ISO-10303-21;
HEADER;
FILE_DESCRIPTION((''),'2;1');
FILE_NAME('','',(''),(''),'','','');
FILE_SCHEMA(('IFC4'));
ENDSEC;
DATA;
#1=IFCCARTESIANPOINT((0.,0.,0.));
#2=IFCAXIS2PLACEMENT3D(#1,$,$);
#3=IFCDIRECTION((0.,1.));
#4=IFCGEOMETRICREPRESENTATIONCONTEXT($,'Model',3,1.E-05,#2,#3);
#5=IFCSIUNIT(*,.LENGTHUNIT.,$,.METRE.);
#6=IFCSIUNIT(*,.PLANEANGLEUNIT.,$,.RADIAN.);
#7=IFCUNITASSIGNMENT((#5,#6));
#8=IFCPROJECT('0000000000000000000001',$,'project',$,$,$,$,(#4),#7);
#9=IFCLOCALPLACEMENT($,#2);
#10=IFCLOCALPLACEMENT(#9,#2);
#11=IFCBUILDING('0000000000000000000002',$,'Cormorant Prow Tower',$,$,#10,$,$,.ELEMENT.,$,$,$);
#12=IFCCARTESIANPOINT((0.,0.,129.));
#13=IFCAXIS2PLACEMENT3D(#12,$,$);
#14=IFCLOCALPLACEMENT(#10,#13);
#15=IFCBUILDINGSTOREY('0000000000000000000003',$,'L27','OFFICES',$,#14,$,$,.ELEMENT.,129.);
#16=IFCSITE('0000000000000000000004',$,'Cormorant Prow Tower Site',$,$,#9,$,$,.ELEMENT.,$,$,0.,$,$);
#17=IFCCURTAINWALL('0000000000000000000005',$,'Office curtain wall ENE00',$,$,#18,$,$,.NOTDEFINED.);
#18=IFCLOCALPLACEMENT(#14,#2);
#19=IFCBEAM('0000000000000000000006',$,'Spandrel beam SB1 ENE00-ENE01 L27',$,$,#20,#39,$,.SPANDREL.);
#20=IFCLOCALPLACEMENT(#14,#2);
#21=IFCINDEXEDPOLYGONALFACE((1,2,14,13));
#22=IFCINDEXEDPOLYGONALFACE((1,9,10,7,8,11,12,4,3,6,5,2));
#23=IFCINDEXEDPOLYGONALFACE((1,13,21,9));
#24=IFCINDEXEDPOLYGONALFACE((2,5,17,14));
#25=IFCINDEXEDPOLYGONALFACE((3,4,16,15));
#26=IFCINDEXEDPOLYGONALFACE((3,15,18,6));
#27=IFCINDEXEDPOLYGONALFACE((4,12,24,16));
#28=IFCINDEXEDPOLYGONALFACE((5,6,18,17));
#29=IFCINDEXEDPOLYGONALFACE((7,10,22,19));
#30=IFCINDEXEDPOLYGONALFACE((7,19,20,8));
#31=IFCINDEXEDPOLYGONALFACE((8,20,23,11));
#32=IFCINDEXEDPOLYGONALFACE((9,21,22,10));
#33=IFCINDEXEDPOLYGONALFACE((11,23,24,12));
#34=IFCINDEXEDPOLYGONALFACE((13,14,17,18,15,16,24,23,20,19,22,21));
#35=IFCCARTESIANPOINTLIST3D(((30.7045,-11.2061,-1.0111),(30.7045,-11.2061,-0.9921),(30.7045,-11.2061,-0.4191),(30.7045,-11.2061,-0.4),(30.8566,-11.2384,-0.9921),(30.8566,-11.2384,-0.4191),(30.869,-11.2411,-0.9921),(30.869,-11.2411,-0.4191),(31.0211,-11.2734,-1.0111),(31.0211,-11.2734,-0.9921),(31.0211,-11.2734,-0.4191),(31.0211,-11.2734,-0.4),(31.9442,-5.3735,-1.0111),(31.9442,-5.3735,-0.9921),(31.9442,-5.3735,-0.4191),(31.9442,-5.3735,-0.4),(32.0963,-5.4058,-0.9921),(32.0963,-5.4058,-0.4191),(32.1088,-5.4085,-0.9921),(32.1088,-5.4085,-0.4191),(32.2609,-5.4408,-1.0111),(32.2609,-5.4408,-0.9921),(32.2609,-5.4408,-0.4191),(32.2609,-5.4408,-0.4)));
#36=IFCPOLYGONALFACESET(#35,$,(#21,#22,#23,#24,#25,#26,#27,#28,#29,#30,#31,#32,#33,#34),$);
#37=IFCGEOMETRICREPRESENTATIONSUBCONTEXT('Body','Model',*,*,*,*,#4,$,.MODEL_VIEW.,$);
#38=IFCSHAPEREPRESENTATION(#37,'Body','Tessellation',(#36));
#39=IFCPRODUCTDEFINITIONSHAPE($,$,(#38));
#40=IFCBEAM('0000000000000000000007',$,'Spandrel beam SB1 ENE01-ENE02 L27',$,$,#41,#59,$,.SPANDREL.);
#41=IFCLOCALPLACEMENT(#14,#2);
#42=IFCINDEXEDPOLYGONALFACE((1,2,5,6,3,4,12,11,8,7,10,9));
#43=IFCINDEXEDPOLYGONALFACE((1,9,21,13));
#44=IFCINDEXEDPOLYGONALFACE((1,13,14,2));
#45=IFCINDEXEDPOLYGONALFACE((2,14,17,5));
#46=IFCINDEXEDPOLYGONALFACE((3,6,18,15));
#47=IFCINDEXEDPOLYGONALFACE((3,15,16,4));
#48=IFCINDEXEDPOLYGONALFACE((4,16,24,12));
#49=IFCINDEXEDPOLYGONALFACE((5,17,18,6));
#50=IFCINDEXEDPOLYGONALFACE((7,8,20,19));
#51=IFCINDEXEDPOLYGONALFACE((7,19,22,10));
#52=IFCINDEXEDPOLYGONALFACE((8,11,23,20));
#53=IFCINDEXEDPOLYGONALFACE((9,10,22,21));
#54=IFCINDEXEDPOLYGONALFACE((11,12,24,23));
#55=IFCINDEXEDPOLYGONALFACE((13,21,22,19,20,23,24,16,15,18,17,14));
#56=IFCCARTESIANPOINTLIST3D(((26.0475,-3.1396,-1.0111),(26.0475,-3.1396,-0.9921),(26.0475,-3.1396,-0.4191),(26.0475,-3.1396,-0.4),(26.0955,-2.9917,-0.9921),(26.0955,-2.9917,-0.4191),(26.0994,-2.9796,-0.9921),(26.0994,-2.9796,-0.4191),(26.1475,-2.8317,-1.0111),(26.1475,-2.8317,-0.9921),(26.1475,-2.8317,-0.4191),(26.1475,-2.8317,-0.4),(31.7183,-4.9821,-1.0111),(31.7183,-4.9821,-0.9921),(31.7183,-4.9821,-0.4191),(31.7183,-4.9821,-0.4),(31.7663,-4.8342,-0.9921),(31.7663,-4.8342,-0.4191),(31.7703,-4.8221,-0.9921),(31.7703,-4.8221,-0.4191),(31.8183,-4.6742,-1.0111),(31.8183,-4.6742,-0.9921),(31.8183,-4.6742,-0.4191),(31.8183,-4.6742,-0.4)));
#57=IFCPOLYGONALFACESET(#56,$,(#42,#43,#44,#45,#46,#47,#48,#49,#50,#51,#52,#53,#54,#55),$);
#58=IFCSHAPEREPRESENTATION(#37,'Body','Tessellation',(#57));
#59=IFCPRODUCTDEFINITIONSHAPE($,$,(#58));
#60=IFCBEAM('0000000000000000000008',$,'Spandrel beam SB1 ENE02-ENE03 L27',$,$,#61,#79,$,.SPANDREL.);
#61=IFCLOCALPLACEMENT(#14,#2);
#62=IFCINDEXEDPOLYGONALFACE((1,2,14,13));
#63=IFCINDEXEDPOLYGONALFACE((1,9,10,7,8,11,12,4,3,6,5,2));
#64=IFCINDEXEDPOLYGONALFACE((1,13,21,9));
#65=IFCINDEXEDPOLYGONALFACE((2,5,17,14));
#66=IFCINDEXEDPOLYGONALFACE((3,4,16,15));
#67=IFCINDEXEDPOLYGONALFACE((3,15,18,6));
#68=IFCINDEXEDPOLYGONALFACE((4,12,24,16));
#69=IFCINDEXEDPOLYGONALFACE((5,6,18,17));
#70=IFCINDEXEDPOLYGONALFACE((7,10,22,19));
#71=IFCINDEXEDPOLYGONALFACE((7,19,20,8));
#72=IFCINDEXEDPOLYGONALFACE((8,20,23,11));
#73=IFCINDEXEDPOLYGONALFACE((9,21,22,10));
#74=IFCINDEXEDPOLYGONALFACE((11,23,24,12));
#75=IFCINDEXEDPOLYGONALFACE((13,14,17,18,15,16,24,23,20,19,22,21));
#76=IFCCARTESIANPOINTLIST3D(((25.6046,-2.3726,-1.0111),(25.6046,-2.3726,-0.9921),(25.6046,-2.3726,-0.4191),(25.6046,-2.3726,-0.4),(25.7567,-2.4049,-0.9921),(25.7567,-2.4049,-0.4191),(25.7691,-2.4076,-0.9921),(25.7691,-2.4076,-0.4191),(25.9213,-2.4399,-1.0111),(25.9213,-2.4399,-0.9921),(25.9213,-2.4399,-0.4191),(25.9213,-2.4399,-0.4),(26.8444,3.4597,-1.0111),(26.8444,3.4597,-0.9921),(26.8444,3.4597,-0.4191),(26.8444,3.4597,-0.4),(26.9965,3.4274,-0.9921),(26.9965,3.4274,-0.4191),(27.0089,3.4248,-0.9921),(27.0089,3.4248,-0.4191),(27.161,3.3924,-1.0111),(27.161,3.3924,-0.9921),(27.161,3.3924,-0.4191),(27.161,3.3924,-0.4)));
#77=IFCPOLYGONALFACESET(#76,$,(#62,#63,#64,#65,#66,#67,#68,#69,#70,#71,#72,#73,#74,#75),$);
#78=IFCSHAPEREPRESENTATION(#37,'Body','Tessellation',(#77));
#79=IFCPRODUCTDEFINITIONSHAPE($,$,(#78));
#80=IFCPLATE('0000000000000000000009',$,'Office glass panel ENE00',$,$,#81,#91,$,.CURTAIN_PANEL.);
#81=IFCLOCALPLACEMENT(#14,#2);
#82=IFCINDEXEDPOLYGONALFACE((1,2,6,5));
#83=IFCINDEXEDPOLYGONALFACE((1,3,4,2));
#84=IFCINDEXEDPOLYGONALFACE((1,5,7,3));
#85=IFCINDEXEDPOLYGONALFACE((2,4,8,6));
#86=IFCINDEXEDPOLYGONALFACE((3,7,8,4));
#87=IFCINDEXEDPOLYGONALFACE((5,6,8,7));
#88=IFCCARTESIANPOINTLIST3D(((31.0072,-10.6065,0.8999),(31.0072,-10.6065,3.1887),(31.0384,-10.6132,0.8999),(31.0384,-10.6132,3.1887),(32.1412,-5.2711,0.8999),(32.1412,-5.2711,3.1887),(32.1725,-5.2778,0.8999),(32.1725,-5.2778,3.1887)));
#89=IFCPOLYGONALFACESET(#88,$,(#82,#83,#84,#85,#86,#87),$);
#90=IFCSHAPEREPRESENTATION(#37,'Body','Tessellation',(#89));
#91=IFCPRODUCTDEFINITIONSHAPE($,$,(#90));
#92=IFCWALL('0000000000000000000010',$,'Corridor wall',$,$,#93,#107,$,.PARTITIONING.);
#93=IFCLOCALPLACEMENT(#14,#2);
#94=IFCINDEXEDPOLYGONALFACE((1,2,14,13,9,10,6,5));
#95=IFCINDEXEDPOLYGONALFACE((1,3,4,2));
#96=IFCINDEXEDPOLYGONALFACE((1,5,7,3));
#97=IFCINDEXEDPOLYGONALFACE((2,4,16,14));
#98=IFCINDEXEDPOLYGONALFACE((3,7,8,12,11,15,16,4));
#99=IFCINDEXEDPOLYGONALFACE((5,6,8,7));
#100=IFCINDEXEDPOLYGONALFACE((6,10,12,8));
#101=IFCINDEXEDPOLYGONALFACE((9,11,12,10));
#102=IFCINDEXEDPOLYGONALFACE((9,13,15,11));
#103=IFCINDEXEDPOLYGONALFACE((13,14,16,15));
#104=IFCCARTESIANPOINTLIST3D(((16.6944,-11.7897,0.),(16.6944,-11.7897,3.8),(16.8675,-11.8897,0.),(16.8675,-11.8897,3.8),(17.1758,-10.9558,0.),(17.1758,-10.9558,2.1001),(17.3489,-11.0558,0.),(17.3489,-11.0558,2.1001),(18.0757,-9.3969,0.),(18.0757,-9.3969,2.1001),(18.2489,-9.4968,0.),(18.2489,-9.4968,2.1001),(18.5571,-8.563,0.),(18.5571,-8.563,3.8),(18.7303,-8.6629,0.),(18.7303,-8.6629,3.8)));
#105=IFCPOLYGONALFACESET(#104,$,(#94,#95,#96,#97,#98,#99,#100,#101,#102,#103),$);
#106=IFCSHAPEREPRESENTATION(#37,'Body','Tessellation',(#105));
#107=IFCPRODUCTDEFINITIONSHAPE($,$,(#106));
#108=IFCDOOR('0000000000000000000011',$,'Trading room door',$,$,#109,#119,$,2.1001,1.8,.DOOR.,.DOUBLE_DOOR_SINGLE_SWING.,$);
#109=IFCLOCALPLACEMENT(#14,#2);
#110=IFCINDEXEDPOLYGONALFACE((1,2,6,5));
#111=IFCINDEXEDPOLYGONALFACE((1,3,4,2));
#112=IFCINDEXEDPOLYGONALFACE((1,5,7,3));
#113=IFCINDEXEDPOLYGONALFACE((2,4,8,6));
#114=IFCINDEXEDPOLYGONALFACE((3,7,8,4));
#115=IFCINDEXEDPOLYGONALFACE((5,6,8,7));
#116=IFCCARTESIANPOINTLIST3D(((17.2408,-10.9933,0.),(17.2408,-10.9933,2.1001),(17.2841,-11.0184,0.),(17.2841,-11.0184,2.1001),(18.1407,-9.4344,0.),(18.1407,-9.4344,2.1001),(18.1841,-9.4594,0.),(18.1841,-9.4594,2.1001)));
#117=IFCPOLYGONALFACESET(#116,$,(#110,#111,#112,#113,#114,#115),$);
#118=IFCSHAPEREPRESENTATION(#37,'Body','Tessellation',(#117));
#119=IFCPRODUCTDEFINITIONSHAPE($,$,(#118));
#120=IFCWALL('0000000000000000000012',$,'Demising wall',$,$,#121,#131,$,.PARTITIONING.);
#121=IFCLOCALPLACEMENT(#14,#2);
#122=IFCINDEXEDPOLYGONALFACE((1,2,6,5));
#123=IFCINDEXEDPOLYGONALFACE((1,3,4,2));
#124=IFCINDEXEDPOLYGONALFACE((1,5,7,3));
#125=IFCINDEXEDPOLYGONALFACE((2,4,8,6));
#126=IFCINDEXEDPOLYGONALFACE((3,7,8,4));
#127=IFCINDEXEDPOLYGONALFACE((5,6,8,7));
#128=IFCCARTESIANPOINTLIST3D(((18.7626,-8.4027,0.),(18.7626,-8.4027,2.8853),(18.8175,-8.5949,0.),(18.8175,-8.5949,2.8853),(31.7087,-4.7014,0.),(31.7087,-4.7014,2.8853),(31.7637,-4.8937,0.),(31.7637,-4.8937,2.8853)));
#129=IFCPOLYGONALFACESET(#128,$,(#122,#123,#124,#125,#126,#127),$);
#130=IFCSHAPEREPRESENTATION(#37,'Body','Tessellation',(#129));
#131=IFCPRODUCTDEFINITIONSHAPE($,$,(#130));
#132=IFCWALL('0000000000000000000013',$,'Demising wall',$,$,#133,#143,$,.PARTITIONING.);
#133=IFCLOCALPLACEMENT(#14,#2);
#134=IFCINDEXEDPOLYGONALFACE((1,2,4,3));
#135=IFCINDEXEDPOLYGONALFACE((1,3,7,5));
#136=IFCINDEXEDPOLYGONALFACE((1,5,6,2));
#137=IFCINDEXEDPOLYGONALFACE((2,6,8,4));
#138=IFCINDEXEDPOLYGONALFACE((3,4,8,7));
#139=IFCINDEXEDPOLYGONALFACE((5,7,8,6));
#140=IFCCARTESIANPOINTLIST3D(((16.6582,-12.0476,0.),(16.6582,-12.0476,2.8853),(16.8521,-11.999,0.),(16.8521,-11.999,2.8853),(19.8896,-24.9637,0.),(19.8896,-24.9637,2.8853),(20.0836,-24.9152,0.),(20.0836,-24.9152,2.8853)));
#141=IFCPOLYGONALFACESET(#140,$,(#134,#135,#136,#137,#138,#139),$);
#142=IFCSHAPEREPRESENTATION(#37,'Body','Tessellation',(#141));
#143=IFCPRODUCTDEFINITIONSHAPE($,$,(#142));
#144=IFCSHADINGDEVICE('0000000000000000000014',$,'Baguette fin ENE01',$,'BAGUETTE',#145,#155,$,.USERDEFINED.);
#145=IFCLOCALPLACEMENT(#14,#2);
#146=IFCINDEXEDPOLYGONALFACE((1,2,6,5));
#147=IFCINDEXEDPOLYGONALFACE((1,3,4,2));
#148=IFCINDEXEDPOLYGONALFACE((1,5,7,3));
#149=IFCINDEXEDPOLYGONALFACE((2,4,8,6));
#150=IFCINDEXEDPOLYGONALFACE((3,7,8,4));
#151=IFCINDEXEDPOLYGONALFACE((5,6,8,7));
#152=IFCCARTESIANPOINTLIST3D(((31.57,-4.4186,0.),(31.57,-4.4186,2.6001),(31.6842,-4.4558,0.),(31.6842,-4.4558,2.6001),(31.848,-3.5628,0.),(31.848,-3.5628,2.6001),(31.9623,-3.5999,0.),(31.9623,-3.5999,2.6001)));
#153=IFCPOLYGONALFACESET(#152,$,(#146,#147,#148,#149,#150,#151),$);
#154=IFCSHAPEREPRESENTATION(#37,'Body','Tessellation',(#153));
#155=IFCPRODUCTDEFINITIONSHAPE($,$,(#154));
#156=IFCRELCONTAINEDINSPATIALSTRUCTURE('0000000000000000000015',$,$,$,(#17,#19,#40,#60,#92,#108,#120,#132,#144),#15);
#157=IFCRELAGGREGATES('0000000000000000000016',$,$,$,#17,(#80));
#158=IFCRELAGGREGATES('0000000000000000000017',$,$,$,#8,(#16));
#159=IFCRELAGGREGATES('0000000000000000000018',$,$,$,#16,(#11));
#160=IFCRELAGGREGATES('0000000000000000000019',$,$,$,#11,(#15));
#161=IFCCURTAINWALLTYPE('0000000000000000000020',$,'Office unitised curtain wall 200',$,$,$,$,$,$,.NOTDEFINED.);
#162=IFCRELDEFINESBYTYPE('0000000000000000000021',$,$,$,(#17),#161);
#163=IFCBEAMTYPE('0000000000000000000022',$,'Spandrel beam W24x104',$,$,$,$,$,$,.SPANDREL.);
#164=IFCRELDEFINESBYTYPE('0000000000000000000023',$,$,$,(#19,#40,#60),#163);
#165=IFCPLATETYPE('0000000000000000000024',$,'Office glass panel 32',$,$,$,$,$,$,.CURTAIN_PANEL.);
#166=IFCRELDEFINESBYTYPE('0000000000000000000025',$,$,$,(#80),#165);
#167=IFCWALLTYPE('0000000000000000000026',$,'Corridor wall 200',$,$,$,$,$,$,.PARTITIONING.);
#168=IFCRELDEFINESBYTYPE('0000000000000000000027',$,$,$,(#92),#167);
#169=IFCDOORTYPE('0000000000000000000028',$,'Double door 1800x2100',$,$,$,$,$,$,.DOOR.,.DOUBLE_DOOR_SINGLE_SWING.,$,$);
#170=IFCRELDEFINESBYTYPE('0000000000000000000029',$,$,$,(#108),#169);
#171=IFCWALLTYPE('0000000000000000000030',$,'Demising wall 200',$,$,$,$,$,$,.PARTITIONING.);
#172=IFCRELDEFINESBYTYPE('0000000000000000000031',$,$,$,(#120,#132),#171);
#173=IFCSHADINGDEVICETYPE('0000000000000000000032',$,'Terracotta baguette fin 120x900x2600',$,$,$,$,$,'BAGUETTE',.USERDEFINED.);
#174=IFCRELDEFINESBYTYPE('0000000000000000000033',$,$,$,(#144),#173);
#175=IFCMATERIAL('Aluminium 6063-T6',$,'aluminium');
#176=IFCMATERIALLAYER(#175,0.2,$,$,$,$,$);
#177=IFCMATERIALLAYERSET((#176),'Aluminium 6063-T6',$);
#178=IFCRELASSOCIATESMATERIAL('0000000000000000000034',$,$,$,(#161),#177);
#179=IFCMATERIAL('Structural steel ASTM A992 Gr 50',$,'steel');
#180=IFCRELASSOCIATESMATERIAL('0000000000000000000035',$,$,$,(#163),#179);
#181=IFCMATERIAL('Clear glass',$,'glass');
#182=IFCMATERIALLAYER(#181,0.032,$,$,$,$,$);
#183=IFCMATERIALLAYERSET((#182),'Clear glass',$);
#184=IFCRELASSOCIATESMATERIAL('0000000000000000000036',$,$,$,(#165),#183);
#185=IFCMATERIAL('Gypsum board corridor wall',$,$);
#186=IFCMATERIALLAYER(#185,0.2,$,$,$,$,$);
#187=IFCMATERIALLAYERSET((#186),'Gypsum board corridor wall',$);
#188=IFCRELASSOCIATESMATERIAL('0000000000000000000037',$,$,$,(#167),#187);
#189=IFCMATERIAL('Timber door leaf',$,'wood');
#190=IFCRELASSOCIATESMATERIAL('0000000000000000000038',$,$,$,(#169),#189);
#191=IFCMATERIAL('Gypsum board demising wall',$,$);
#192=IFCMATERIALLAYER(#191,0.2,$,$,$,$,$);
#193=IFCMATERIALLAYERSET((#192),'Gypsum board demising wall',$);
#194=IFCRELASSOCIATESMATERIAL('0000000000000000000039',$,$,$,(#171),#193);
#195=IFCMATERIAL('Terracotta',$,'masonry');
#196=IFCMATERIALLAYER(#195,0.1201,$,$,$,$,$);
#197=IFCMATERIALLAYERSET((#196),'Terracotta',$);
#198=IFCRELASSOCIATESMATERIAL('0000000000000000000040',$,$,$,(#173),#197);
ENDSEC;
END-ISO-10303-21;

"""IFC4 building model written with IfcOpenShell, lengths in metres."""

from ifc_helpers import new_model, si_unit, direction, frame, frame_2d, origin, origin_2d, place, context, subcontext, project, spatial, rectangle, i_section, extrude, material, layer, layer_set, material_profile, profile_set, type_object, element, fill, aggregate, save


model = new_model("IFC4")

# Units and contexts
model_context = context("Model", 3, precision=1e-05, world=origin(), true_north=direction((0.0, 1.0)))
body_context = subcontext(model_context, "Body", "Model", "MODEL_VIEW")
ifc_project = project(units=[si_unit("LENGTHUNIT", "METRE"), si_unit("PLANEANGLEUNIT", "RADIAN")], contexts=[model_context])

# Site, building, storey
site_placement = place(None, origin())
site = spatial("IfcSite", under=ifc_project, at=site_placement, Name="Cormorant Prow Tower Site", CompositionType="ELEMENT", RefElevation=0.0)
building_placement = place(site_placement, origin())
building = spatial("IfcBuilding", under=site, at=building_placement, Name="Cormorant Prow Tower", CompositionType="ELEMENT")
storey_placement = place(building_placement, frame((0.0, 0.0, 129.0)))
storey = spatial("IfcBuildingStorey", under=building, at=storey_placement, Name="L27", Description="OFFICES", CompositionType="ELEMENT", Elevation=129.0)

# Curtain wall
ifc_material_1 = material(Name="Aluminium 6063-T6", Category="aluminium")
ifc_layer_1 = layer(ifc_material_1, 0.2)
ifc_layer_set_1 = layer_set([ifc_layer_1], Name="Aluminium 6063-T6")
curtain_wall_type = type_object("IfcCurtainWallType", Name="Office unitised curtain wall 200", PredefinedType="NOTDEFINED", material=ifc_layer_set_1)
curtain_wall_1_placement = place(storey_placement, origin())
curtain_wall_1 = element("IfcCurtainWall", 1, at=curtain_wall_1_placement, inside=storey, type_object=curtain_wall_type, Name="Office curtain wall ENE00", PredefinedType="NOTDEFINED")

# Beams
ifc_material_2 = material(Name="Structural steel ASTM A992 Gr 50", Category="steel")
ifc_material_profile_1 = material_profile(ifc_material_2, i_section(OverallWidth=0.3237, OverallDepth=0.6111, WebThickness=0.0127, FlangeThickness=0.019, at=origin_2d()), Name="W24x104")
ifc_profile_set_1 = profile_set([ifc_material_profile_1], Name="Structural steel ASTM A992 Gr 50")
beam_type_1 = type_object("IfcBeamType", Name="Spandrel beam W24x104", PredefinedType="SPANDREL", material=ifc_profile_set_1)
beam_1_placement = place(storey_placement, frame((30.8628, -11.2397, -0.7056), z_axis=(0.207913, 0.978147, 0.0), x_axis=(-0.978147, 0.207913, 0.0)))
element("IfcBeam", 2, at=beam_1_placement, inside=storey, type_object=beam_type_1, Name="Spandrel beam SB1 ENE00-ENE01 L27", PredefinedType="SPANDREL", context=body_context, shape_type="SweptSolid", body=[
    extrude(i_section(OverallWidth=0.3237, OverallDepth=0.6111, WebThickness=0.0127, FlangeThickness=0.019, at=origin_2d()), origin(), (0.0, 0.0, 1.0), 5.9629),
])
for number, where, z_axis, x_axis, name in (
    (3, (31.7683, -4.8281, -0.7056), (-0.951059, 0.309008, 0.0), (-0.309008, -0.951059, 0.0), "Spandrel beam SB1 ENE01-ENE02 L27"),
    (4, (25.7629, -2.4062, -0.7056), (0.207921, 0.978146, 0.0), (-0.978146, 0.207921, 0.0), "Spandrel beam SB1 ENE02-ENE03 L27"),
):
    element("IfcBeam", number, at=place(storey_placement, frame(where, z_axis=z_axis, x_axis=x_axis)), inside=storey, type_object=beam_type_1, Name=name, PredefinedType="SPANDREL", context=body_context, shape_type="SweptSolid", body=[
        extrude(i_section(OverallWidth=0.3237, OverallDepth=0.6111, WebThickness=0.0127, FlangeThickness=0.019, at=origin_2d()), origin(), (0.0, 0.0, 1.0), 5.9626),
    ])

# Plate
ifc_material_3 = material(Name="Clear glass", Category="glass")
ifc_layer_2 = layer(ifc_material_3, 0.032)
ifc_layer_set_2 = layer_set([ifc_layer_2], Name="Clear glass")
plate_type = type_object("IfcPlateType", Name="Office glass panel 32", PredefinedType="CURTAIN_PANEL", material=ifc_layer_set_2)
plate_placement = place(storey_placement, frame((31.5898, -7.9421, 0.8999), z_axis=(0.0, 0.0, 1.0), x_axis=(0.207912, 0.978148, 0.0)))
plate = element("IfcPlate", 5, at=plate_placement, type_object=plate_type, Name="Office glass panel ENE00", PredefinedType="CURTAIN_PANEL", context=body_context, shape_type="SweptSolid", body=[
    extrude(rectangle(XDim=5.4546, YDim=0.032, at=origin_2d()), origin(), (0.0, 0.0, 1.0), 2.2888),
])
aggregate(curtain_wall_1, [plate])

# Wall, opening, door
ifc_material_4 = material(Name="Gypsum board corridor wall")
ifc_layer_3 = layer(ifc_material_4, 0.2)
ifc_layer_set_3 = layer_set([ifc_layer_3], Name="Gypsum board corridor wall")
wall_type_1 = type_object("IfcWallType", Name="Corridor wall 200", PredefinedType="PARTITIONING", material=ifc_layer_set_3)
wall_1_placement = place(storey_placement, frame((16.781, -11.8396, 0.0), z_axis=(0.0, 0.0, 1.0), x_axis=(0.499959, 0.866049, 0.0)))
wall_1 = element("IfcWall", 6, at=wall_1_placement, inside=storey, type_object=wall_type_1, Name="Corridor wall", PredefinedType="PARTITIONING", context=body_context, shape_type="SweptSolid", body=[
    extrude(rectangle(XDim=3.7258, YDim=0.2, at=frame_2d((1.8628, 0.0))), origin(), (0.0, 0.0, 1.0), 3.8),
])
opening_1_placement = place(wall_1_placement, frame((0.9629, 0.0, 0.0)))
opening_1 = element("IfcOpeningElement", 7, at=opening_1_placement, cuts=wall_1, PredefinedType="OPENING", context=body_context, shape_type="SweptSolid", body=[
    extrude(rectangle(XDim=1.8, YDim=2.1001, at=frame_2d((0.8999, 1.05))), frame((0.0, 0.1099, 0.0), z_axis=(0.0, -1.0, 0.0), x_axis=(1.0, 0.0, 0.0)), (0.0, 0.0, 1.0), 0.22),
])
ifc_material_5 = material(Name="Timber door leaf", Category="wood")
door_type_1 = type_object("IfcDoorType", Name="Double door 1800x2100", OperationType="DOUBLE_DOOR_SINGLE_SWING", PredefinedType="DOOR", material=ifc_material_5)
door_1_placement = place(opening_1_placement, origin())
door_1 = element("IfcDoor", 8, at=door_1_placement, inside=storey, type_object=door_type_1, Name="Trading room door", OperationType="DOUBLE_DOOR_SINGLE_SWING", OverallHeight=2.1001, OverallWidth=1.8, PredefinedType="DOOR", context=body_context, shape_type="SweptSolid", body=[
    extrude(rectangle(XDim=1.8, YDim=2.1001, at=frame_2d((0.8999, 1.05))), frame((0.0, 0.0249, 0.0), z_axis=(0.0, -1.0, 0.0), x_axis=(1.0, 0.0, 0.0)), (0.0, 0.0, 1.0), 0.05),
])
fill(opening_1, door_1)

# Walls
ifc_material_6 = material(Name="Gypsum board demising wall")
ifc_layer_4 = layer(ifc_material_6, 0.2)
ifc_layer_set_4 = layer_set([ifc_layer_4], Name="Gypsum board demising wall")
wall_type_2 = type_object("IfcWallType", Name="Demising wall 200", PredefinedType="PARTITIONING", material=ifc_layer_set_4)
wall_2_placement = place(storey_placement, frame((18.79, -8.4988, 0.0), z_axis=(0.0, 0.0, 1.0), x_axis=(0.961479, 0.274879, 0.0)))
element("IfcWall", 9, at=wall_2_placement, inside=storey, type_object=wall_type_2, Name="Demising wall", PredefinedType="PARTITIONING", context=body_context, shape_type="SweptSolid", body=[
    extrude(rectangle(XDim=13.4648, YDim=0.2, at=frame_2d((6.7324, 0.0))), origin(), (0.0, 0.0, 1.0), 2.8853),
])
wall_3_placement = place(storey_placement, frame((16.7551, -12.0232, 0.0), z_axis=(0.0, 0.0, 1.0), x_axis=(0.242708, -0.970099, 0.0)))
element("IfcWall", 10, at=wall_3_placement, inside=storey, type_object=wall_type_2, Name="Demising wall", PredefinedType="PARTITIONING", context=body_context, shape_type="SweptSolid", body=[
    extrude(rectangle(XDim=13.3142, YDim=0.2, at=frame_2d((6.6572, 0.0))), origin(), (0.0, 0.0, 1.0), 2.8853),
])

# Shading device
ifc_material_7 = material(Name="Terracotta", Category="masonry")
ifc_layer_5 = layer(ifc_material_7, 0.1201)
ifc_layer_set_5 = layer_set([ifc_layer_5], Name="Terracotta")
shading_device_type = type_object("IfcShadingDeviceType", Name="Terracotta baguette fin 120x900x2600", ElementType="BAGUETTE", PredefinedType="USERDEFINED", material=ifc_layer_set_5)
shading_device_placement = place(storey_placement, frame((31.7661, -4.0093, 0.0), z_axis=(0.0, 0.0, 1.0), x_axis=(-0.951056, 0.309017, 0.0)))
element("IfcShadingDevice", 11, at=shading_device_placement, inside=storey, type_object=shading_device_type, Name="Baguette fin ENE01", ObjectType="BAGUETTE", PredefinedType="USERDEFINED", context=body_context, shape_type="SweptSolid", body=[
    extrude(rectangle(XDim=0.1201, YDim=0.8999, at=origin_2d()), origin(), (0.0, 0.0, 1.0), 2.6001),
])

save(model, "model.ifc")
